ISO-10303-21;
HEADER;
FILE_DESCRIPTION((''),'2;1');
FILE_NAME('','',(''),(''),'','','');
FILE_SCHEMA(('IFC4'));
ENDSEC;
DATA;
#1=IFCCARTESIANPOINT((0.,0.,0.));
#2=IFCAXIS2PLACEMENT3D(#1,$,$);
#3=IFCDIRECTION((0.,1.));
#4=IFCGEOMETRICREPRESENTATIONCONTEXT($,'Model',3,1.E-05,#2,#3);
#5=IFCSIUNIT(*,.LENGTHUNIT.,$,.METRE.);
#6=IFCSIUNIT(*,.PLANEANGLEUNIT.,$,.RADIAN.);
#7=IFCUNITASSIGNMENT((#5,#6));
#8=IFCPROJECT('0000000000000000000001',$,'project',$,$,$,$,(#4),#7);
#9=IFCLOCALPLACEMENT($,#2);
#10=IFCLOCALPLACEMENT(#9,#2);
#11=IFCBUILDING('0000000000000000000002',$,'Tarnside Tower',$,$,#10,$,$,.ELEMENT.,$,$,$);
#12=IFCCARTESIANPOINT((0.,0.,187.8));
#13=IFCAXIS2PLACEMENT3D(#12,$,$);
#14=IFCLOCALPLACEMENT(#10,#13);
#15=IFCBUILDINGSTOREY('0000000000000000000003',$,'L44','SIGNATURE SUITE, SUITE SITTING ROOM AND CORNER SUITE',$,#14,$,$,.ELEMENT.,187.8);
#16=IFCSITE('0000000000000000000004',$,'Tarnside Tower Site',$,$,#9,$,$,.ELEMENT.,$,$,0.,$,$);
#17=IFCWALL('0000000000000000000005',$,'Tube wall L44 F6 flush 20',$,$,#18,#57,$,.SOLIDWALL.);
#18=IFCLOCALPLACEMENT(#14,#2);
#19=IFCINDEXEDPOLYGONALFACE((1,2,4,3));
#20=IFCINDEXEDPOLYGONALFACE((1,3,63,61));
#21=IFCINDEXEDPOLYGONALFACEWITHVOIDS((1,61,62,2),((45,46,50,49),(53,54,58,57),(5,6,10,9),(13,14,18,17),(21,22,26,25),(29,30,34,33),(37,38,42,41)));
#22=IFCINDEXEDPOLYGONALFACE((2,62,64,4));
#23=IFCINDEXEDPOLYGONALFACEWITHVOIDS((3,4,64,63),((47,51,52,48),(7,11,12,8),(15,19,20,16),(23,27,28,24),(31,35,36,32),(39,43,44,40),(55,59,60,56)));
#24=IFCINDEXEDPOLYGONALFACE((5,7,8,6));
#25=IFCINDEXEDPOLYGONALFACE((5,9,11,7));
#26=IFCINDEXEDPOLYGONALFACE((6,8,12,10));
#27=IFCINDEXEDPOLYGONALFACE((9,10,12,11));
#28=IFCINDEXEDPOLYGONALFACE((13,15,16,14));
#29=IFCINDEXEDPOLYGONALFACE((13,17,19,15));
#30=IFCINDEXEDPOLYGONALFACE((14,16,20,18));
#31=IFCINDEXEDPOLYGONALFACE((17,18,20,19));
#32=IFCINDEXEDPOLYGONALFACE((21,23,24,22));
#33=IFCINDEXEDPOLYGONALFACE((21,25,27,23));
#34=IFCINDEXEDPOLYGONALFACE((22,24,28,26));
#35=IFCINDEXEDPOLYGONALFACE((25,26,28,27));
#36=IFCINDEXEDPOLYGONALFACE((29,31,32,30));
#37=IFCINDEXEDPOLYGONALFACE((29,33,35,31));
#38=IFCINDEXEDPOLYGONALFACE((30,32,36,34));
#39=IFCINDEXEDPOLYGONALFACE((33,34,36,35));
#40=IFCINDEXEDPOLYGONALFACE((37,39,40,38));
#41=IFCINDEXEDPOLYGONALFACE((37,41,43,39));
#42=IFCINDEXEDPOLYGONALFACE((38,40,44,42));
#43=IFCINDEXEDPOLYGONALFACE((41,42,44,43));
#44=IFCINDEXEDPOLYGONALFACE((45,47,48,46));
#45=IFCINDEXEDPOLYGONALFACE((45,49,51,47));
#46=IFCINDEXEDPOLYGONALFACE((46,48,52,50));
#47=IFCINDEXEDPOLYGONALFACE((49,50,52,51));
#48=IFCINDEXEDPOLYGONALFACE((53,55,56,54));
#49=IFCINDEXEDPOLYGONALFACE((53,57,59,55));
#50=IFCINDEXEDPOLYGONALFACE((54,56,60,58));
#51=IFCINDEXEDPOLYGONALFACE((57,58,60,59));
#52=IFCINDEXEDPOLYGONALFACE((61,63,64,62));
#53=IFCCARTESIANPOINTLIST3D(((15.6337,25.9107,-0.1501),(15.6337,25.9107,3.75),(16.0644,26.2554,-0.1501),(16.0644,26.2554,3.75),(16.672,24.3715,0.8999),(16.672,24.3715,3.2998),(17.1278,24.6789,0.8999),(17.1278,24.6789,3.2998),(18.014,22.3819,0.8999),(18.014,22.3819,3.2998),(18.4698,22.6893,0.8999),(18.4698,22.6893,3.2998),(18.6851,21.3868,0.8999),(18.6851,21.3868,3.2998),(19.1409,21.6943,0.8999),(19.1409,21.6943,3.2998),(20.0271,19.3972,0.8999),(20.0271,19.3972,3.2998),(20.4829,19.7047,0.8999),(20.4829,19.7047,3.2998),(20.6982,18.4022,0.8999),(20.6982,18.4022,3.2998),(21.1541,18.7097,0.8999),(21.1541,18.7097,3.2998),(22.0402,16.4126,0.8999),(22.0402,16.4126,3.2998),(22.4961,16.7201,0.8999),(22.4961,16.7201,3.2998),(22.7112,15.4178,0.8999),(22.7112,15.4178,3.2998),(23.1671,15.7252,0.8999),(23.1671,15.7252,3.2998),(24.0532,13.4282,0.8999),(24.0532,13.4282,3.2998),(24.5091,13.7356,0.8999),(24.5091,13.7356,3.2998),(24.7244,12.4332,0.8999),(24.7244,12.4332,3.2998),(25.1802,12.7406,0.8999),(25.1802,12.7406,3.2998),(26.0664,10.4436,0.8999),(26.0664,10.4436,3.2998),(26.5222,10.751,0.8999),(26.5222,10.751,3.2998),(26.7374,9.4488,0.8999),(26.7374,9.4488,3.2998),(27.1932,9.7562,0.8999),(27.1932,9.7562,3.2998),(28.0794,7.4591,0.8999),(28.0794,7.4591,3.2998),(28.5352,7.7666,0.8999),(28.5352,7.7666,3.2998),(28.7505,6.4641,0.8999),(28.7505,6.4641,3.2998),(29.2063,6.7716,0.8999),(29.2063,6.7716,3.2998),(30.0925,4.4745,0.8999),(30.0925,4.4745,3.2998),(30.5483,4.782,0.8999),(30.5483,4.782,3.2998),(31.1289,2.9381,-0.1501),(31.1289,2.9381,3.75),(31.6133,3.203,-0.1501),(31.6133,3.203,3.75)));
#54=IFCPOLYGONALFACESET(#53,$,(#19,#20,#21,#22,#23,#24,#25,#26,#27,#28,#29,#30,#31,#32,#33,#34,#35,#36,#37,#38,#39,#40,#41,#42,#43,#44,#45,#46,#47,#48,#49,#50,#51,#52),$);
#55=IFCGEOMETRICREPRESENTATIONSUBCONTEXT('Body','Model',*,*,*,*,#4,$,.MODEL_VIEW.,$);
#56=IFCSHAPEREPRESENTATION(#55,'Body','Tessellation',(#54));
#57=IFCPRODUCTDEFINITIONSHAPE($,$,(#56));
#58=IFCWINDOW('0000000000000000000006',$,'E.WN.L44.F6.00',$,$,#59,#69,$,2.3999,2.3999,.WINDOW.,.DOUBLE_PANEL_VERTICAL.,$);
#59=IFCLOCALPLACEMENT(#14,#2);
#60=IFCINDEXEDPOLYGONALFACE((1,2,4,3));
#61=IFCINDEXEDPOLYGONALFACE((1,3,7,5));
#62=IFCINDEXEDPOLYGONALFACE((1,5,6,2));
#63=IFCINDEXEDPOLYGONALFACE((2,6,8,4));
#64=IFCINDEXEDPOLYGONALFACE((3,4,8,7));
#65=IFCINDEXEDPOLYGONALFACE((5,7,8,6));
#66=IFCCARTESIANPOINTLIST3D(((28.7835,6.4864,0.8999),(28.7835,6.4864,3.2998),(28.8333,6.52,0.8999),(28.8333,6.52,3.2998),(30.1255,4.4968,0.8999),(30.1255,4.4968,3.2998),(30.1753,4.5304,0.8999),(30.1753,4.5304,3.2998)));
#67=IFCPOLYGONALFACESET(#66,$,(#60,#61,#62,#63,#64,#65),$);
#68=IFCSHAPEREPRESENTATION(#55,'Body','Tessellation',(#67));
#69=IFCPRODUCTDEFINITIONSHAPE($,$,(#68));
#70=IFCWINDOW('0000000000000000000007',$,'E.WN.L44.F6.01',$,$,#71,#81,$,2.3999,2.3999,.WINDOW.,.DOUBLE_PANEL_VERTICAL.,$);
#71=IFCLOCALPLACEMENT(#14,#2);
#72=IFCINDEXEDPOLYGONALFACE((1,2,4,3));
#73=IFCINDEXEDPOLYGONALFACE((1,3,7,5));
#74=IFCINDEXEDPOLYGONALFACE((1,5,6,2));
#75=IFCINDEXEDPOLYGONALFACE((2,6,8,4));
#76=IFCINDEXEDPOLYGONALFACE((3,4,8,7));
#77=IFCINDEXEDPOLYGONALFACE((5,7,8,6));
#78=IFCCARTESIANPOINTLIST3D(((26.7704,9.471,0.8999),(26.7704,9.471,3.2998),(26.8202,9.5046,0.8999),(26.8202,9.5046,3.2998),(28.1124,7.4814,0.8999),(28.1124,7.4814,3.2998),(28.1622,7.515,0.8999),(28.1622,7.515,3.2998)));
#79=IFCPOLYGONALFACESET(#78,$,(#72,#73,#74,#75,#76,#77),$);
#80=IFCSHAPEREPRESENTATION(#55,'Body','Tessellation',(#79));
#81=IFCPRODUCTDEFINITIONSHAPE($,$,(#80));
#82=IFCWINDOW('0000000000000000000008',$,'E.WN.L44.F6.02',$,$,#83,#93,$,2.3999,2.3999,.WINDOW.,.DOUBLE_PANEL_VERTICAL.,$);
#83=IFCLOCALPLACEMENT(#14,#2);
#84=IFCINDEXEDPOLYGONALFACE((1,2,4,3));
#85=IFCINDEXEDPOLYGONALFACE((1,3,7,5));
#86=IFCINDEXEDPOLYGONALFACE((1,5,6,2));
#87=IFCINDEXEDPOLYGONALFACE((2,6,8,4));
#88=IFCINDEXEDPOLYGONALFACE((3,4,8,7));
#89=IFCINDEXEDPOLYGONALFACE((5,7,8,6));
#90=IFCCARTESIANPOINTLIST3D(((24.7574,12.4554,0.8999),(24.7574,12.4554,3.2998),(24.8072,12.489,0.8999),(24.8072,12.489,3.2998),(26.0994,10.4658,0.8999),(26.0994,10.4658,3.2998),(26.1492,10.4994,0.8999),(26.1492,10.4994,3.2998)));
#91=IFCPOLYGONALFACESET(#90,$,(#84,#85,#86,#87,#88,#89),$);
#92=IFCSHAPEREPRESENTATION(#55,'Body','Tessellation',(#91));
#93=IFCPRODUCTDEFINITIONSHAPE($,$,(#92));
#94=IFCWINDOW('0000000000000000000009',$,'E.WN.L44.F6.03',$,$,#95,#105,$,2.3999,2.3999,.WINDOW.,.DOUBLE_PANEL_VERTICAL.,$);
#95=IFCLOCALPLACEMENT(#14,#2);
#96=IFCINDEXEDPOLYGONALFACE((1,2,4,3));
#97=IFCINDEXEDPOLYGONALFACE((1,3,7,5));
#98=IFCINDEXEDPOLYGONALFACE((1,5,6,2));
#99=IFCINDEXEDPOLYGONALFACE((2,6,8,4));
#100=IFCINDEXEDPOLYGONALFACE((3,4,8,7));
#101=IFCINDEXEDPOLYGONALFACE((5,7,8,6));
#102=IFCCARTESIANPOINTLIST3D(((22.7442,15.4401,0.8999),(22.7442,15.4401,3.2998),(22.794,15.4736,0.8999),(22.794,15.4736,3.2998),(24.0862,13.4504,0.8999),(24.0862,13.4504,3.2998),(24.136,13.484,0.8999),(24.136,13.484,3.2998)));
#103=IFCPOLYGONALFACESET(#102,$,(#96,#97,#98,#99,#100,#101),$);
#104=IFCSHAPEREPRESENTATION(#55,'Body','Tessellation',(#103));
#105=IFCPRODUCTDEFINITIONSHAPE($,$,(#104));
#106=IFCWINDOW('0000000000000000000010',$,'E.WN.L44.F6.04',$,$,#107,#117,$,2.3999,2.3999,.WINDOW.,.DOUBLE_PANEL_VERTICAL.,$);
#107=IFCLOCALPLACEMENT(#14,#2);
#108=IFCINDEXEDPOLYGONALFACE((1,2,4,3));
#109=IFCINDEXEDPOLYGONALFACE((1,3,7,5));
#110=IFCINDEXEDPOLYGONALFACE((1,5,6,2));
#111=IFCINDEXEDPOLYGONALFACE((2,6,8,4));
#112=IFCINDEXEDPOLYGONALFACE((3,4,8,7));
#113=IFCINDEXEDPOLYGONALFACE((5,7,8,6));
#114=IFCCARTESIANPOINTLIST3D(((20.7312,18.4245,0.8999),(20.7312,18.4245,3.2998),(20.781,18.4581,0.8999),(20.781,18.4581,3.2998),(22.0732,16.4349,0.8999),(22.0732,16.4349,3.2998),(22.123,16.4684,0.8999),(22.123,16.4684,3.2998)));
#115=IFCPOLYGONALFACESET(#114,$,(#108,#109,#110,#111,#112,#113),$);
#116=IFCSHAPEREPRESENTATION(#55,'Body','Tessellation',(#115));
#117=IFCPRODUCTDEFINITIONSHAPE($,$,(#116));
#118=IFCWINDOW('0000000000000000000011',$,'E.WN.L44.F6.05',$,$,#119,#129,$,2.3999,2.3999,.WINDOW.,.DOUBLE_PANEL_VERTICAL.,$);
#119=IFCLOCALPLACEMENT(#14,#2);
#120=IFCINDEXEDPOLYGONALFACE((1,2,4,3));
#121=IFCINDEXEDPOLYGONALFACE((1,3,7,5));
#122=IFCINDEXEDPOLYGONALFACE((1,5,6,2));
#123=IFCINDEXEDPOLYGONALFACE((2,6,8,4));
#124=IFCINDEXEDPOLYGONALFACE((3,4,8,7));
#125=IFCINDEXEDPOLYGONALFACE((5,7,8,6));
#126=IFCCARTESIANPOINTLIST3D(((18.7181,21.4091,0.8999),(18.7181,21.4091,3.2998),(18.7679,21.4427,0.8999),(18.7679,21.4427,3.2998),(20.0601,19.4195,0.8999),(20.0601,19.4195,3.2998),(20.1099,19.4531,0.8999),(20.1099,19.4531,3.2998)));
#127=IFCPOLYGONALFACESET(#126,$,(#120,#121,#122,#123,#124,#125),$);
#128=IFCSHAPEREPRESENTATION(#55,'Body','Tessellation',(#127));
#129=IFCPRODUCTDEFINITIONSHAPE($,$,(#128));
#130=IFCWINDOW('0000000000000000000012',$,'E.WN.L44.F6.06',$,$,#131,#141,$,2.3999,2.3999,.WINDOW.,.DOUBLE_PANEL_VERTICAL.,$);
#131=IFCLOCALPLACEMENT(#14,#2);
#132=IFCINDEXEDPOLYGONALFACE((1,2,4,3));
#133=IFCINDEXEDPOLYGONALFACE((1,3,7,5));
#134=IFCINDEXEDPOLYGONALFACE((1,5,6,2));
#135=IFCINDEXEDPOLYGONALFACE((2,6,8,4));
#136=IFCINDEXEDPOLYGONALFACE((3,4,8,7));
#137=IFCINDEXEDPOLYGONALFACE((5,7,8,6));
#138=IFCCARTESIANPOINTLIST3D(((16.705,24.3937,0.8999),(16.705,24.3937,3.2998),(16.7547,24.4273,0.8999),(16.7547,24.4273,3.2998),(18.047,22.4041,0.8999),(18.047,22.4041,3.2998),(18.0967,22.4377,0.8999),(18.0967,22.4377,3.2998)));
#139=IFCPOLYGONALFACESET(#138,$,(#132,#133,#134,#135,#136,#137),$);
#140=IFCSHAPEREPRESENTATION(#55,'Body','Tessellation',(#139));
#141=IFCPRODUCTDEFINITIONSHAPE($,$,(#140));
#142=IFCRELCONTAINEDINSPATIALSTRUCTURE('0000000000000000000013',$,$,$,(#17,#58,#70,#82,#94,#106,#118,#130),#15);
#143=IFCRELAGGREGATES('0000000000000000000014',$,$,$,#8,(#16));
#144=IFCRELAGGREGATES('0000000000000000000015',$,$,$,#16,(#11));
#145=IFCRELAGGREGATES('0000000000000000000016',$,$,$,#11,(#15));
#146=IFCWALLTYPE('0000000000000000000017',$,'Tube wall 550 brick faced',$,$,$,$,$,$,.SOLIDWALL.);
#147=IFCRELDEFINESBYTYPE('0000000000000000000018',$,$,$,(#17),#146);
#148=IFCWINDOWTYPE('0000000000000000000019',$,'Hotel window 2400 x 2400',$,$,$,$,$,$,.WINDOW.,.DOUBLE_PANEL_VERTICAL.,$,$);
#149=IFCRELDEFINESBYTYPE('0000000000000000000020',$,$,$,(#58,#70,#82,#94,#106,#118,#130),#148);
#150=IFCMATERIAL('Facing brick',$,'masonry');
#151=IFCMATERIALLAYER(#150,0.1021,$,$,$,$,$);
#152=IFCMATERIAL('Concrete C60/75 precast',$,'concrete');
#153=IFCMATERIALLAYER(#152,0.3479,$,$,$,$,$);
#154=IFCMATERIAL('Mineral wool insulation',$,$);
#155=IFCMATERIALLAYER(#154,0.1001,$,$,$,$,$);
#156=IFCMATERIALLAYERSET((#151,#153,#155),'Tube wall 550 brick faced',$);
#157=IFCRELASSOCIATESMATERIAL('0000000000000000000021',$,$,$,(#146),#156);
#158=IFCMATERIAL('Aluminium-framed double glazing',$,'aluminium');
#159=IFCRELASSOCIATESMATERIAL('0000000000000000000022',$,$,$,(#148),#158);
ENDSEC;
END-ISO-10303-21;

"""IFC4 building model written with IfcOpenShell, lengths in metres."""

from ifc_helpers import new_model, si_unit, direction, frame, frame_2d, origin, place, context, subcontext, project, spatial, polyline, rectangle, outline, extrude, material, layer, layer_set, type_object, element, fill, save


model = new_model("IFC4")

# Units and contexts
model_context = context("Model", 3, precision=1e-05, world=origin(), true_north=direction((0.0, 1.0)))
body_context = subcontext(model_context, "Body", "Model", "MODEL_VIEW")
ifc_project = project(units=[si_unit("LENGTHUNIT", "METRE"), si_unit("PLANEANGLEUNIT", "RADIAN")], contexts=[model_context])

# Site, building, storey
site_placement = place(None, origin())
site = spatial("IfcSite", under=ifc_project, at=site_placement, Name="Tarnside Tower Site", CompositionType="ELEMENT", RefElevation=0.0)
building_placement = place(site_placement, origin())
building = spatial("IfcBuilding", under=site, at=building_placement, Name="Tarnside Tower", CompositionType="ELEMENT")
storey_placement = place(building_placement, frame((0.0, 0.0, 187.8)))
storey = spatial("IfcBuildingStorey", under=building, at=storey_placement, Name="L44", Description="SIGNATURE SUITE, SUITE SITTING ROOM AND CORNER SUITE", CompositionType="ELEMENT", Elevation=187.8)

# Shared definitions
ifc_material_1 = material(Name="Facing brick", Category="masonry")
ifc_layer_1 = layer(ifc_material_1, 0.1021)
ifc_material_2 = material(Name="Concrete C60/75 precast", Category="concrete")
ifc_layer_2 = layer(ifc_material_2, 0.3479)
ifc_material_3 = material(Name="Mineral wool insulation")
ifc_layer_3 = layer(ifc_material_3, 0.1001)
ifc_layer_set_1 = layer_set([ifc_layer_1, ifc_layer_2, ifc_layer_3], Name="Tube wall 550 brick faced")
wall_type_1 = type_object("IfcWallType", Name="Tube wall 550 brick faced", PredefinedType="SOLIDWALL", material=ifc_layer_set_1)

# Wall, openings, windows
wall_1_placement = place(storey_placement, frame((31.3711, 3.0706, -0.1501), z_axis=(0.0, 0.0, 1.0), x_axis=(-0.55919, 0.82904, 0.0)))
wall_1 = element("IfcWall", 1, at=wall_1_placement, inside=storey, type_object=wall_type_1, Name="Tube wall L44 F6 flush 20", PredefinedType="SOLIDWALL", context=body_context, shape_type="SweptSolid", body=[
    extrude(outline(polyline([(-0.0256, -0.2749), (27.7805, -0.2749), (27.7356, 0.2749), (0.0256, 0.2749), (-0.0256, -0.2749)])), origin(), (0.0, 0.0, 1.0), 3.9001),
])
opening_1_placement = place(wall_1_placement, frame((1.8789, 0.0, 1.05)))
opening_1 = element("IfcOpeningElement", 2, at=opening_1_placement, cuts=wall_1, PredefinedType="OPENING", context=body_context, shape_type="SweptSolid", body=[
    extrude(rectangle(XDim=2.3999, YDim=2.3999, at=frame_2d((1.2, 1.2))), frame((0.0, 0.2852, 0.0), z_axis=(0.0, -1.0, 0.0), x_axis=(1.0, 0.0, 0.0)), (0.0, 0.0, 1.0), 0.5701),
])
opening_2_placement = place(wall_1_placement, frame((5.479, 0.0, 1.05)))
opening_2 = element("IfcOpeningElement", 3, at=opening_2_placement, cuts=wall_1, PredefinedType="OPENING", context=body_context, shape_type="SweptSolid", body=[
    extrude(rectangle(XDim=2.3999, YDim=2.3999, at=frame_2d((1.2, 1.2))), frame((0.0, 0.2852, 0.0), z_axis=(0.0, -1.0, 0.0), x_axis=(1.0, 0.0, 0.0)), (0.0, 0.0, 1.0), 0.5701),
])
opening_3_placement = place(wall_1_placement, frame((9.0789, 0.0, 1.05)))
opening_3 = element("IfcOpeningElement", 4, at=opening_3_placement, cuts=wall_1, PredefinedType="OPENING", context=body_context, shape_type="SweptSolid", body=[
    extrude(rectangle(XDim=2.3999, YDim=2.3999, at=frame_2d((1.2, 1.2))), frame((0.0, 0.2852, 0.0), z_axis=(0.0, -1.0, 0.0), x_axis=(1.0, 0.0, 0.0)), (0.0, 0.0, 1.0), 0.5701),
])
opening_4_placement = place(wall_1_placement, frame((12.679, 0.0, 1.05)))
opening_4 = element("IfcOpeningElement", 5, at=opening_4_placement, cuts=wall_1, PredefinedType="OPENING", context=body_context, shape_type="SweptSolid", body=[
    extrude(rectangle(XDim=2.3999, YDim=2.3999, at=frame_2d((1.2, 1.2))), frame((0.0, 0.2852, 0.0), z_axis=(0.0, -1.0, 0.0), x_axis=(1.0, 0.0, 0.0)), (0.0, 0.0, 1.0), 0.5701),
])
opening_5_placement = place(wall_1_placement, frame((16.2788, 0.0, 1.05)))
opening_5 = element("IfcOpeningElement", 6, at=opening_5_placement, cuts=wall_1, PredefinedType="OPENING", context=body_context, shape_type="SweptSolid", body=[
    extrude(rectangle(XDim=2.3999, YDim=2.3999, at=frame_2d((1.2, 1.2))), frame((0.0, 0.2852, 0.0), z_axis=(0.0, -1.0, 0.0), x_axis=(1.0, 0.0, 0.0)), (0.0, 0.0, 1.0), 0.5701),
])
opening_6_placement = place(wall_1_placement, frame((19.8789, 0.0, 1.05)))
opening_6 = element("IfcOpeningElement", 7, at=opening_6_placement, cuts=wall_1, PredefinedType="OPENING", context=body_context, shape_type="SweptSolid", body=[
    extrude(rectangle(XDim=2.3999, YDim=2.3999, at=frame_2d((1.2, 1.2))), frame((0.0, 0.2852, 0.0), z_axis=(0.0, -1.0, 0.0), x_axis=(1.0, 0.0, 0.0)), (0.0, 0.0, 1.0), 0.5701),
])
opening_7_placement = place(wall_1_placement, frame((23.479, 0.0, 1.05)))
opening_7 = element("IfcOpeningElement", 8, at=opening_7_placement, cuts=wall_1, PredefinedType="OPENING", context=body_context, shape_type="SweptSolid", body=[
    extrude(rectangle(XDim=2.3999, YDim=2.3999, at=frame_2d((1.2, 1.2))), frame((0.0, 0.2852, 0.0), z_axis=(0.0, -1.0, 0.0), x_axis=(1.0, 0.0, 0.0)), (0.0, 0.0, 1.0), 0.5701),
])
ifc_material_4 = material(Name="Aluminium-framed double glazing", Category="aluminium")
window_type = type_object("IfcWindowType", Name="Hotel window 2400 x 2400", PartitioningType="DOUBLE_PANEL_VERTICAL", PredefinedType="WINDOW", material=ifc_material_4)
window_1_placement = place(opening_1_placement, frame((0.0, 0.2051, 0.0)))
window_1 = element("IfcWindow", 9, at=window_1_placement, inside=storey, type_object=window_type, Name="E.WN.L44.F6.00", OverallHeight=2.3999, OverallWidth=2.3999, PartitioningType="DOUBLE_PANEL_VERTICAL", PredefinedType="WINDOW", context=body_context, shape_type="SweptSolid", body=[
    extrude(rectangle(XDim=2.3999, YDim=2.3999, at=frame_2d((1.2, 1.2))), frame((0.0, 0.03, 0.0), z_axis=(0.0, -1.0, 0.0), x_axis=(1.0, 0.0, 0.0)), (0.0, 0.0, 1.0), 0.0601),
])
fill(opening_1, window_1)
window_2_placement = place(opening_2_placement, frame((0.0, 0.2051, 0.0)))
window_2 = element("IfcWindow", 10, at=window_2_placement, inside=storey, type_object=window_type, Name="E.WN.L44.F6.01", OverallHeight=2.3999, OverallWidth=2.3999, PartitioningType="DOUBLE_PANEL_VERTICAL", PredefinedType="WINDOW", context=body_context, shape_type="SweptSolid", body=[
    extrude(rectangle(XDim=2.3999, YDim=2.3999, at=frame_2d((1.2, 1.2))), frame((0.0, 0.03, 0.0), z_axis=(0.0, -1.0, 0.0), x_axis=(1.0, 0.0, 0.0)), (0.0, 0.0, 1.0), 0.0601),
])
fill(opening_2, window_2)
window_3_placement = place(opening_3_placement, frame((0.0, 0.2051, 0.0)))
window_3 = element("IfcWindow", 11, at=window_3_placement, inside=storey, type_object=window_type, Name="E.WN.L44.F6.02", OverallHeight=2.3999, OverallWidth=2.3999, PartitioningType="DOUBLE_PANEL_VERTICAL", PredefinedType="WINDOW", context=body_context, shape_type="SweptSolid", body=[
    extrude(rectangle(XDim=2.3999, YDim=2.3999, at=frame_2d((1.2, 1.2))), frame((0.0, 0.03, 0.0), z_axis=(0.0, -1.0, 0.0), x_axis=(1.0, 0.0, 0.0)), (0.0, 0.0, 1.0), 0.0601),
])
fill(opening_3, window_3)
window_4_placement = place(opening_4_placement, frame((0.0, 0.2051, 0.0)))
window_4 = element("IfcWindow", 12, at=window_4_placement, inside=storey, type_object=window_type, Name="E.WN.L44.F6.03", OverallHeight=2.3999, OverallWidth=2.3999, PartitioningType="DOUBLE_PANEL_VERTICAL", PredefinedType="WINDOW", context=body_context, shape_type="SweptSolid", body=[
    extrude(rectangle(XDim=2.3999, YDim=2.3999, at=frame_2d((1.2, 1.2))), frame((0.0, 0.03, 0.0), z_axis=(0.0, -1.0, 0.0), x_axis=(1.0, 0.0, 0.0)), (0.0, 0.0, 1.0), 0.0601),
])
fill(opening_4, window_4)
window_5_placement = place(opening_5_placement, frame((0.0, 0.2051, 0.0)))
window_5 = element("IfcWindow", 13, at=window_5_placement, inside=storey, type_object=window_type, Name="E.WN.L44.F6.04", OverallHeight=2.3999, OverallWidth=2.3999, PartitioningType="DOUBLE_PANEL_VERTICAL", PredefinedType="WINDOW", context=body_context, shape_type="SweptSolid", body=[
    extrude(rectangle(XDim=2.3999, YDim=2.3999, at=frame_2d((1.2, 1.2))), frame((0.0, 0.03, 0.0), z_axis=(0.0, -1.0, 0.0), x_axis=(1.0, 0.0, 0.0)), (0.0, 0.0, 1.0), 0.0601),
])
fill(opening_5, window_5)
window_6_placement = place(opening_6_placement, frame((0.0, 0.2051, 0.0)))
window_6 = element("IfcWindow", 14, at=window_6_placement, inside=storey, type_object=window_type, Name="E.WN.L44.F6.05", OverallHeight=2.3999, OverallWidth=2.3999, PartitioningType="DOUBLE_PANEL_VERTICAL", PredefinedType="WINDOW", context=body_context, shape_type="SweptSolid", body=[
    extrude(rectangle(XDim=2.3999, YDim=2.3999, at=frame_2d((1.2, 1.2))), frame((0.0, 0.03, 0.0), z_axis=(0.0, -1.0, 0.0), x_axis=(1.0, 0.0, 0.0)), (0.0, 0.0, 1.0), 0.0601),
])
fill(opening_6, window_6)
window_7_placement = place(opening_7_placement, frame((0.0, 0.2051, 0.0)))
window_7 = element("IfcWindow", 15, at=window_7_placement, inside=storey, type_object=window_type, Name="E.WN.L44.F6.06", OverallHeight=2.3999, OverallWidth=2.3999, PartitioningType="DOUBLE_PANEL_VERTICAL", PredefinedType="WINDOW", context=body_context, shape_type="SweptSolid", body=[
    extrude(rectangle(XDim=2.3999, YDim=2.3999, at=frame_2d((1.2, 1.2))), frame((0.0, 0.03, 0.0), z_axis=(0.0, -1.0, 0.0), x_axis=(1.0, 0.0, 0.0)), (0.0, 0.0, 1.0), 0.0601),
])
fill(opening_7, window_7)

save(model, "model.ifc")
